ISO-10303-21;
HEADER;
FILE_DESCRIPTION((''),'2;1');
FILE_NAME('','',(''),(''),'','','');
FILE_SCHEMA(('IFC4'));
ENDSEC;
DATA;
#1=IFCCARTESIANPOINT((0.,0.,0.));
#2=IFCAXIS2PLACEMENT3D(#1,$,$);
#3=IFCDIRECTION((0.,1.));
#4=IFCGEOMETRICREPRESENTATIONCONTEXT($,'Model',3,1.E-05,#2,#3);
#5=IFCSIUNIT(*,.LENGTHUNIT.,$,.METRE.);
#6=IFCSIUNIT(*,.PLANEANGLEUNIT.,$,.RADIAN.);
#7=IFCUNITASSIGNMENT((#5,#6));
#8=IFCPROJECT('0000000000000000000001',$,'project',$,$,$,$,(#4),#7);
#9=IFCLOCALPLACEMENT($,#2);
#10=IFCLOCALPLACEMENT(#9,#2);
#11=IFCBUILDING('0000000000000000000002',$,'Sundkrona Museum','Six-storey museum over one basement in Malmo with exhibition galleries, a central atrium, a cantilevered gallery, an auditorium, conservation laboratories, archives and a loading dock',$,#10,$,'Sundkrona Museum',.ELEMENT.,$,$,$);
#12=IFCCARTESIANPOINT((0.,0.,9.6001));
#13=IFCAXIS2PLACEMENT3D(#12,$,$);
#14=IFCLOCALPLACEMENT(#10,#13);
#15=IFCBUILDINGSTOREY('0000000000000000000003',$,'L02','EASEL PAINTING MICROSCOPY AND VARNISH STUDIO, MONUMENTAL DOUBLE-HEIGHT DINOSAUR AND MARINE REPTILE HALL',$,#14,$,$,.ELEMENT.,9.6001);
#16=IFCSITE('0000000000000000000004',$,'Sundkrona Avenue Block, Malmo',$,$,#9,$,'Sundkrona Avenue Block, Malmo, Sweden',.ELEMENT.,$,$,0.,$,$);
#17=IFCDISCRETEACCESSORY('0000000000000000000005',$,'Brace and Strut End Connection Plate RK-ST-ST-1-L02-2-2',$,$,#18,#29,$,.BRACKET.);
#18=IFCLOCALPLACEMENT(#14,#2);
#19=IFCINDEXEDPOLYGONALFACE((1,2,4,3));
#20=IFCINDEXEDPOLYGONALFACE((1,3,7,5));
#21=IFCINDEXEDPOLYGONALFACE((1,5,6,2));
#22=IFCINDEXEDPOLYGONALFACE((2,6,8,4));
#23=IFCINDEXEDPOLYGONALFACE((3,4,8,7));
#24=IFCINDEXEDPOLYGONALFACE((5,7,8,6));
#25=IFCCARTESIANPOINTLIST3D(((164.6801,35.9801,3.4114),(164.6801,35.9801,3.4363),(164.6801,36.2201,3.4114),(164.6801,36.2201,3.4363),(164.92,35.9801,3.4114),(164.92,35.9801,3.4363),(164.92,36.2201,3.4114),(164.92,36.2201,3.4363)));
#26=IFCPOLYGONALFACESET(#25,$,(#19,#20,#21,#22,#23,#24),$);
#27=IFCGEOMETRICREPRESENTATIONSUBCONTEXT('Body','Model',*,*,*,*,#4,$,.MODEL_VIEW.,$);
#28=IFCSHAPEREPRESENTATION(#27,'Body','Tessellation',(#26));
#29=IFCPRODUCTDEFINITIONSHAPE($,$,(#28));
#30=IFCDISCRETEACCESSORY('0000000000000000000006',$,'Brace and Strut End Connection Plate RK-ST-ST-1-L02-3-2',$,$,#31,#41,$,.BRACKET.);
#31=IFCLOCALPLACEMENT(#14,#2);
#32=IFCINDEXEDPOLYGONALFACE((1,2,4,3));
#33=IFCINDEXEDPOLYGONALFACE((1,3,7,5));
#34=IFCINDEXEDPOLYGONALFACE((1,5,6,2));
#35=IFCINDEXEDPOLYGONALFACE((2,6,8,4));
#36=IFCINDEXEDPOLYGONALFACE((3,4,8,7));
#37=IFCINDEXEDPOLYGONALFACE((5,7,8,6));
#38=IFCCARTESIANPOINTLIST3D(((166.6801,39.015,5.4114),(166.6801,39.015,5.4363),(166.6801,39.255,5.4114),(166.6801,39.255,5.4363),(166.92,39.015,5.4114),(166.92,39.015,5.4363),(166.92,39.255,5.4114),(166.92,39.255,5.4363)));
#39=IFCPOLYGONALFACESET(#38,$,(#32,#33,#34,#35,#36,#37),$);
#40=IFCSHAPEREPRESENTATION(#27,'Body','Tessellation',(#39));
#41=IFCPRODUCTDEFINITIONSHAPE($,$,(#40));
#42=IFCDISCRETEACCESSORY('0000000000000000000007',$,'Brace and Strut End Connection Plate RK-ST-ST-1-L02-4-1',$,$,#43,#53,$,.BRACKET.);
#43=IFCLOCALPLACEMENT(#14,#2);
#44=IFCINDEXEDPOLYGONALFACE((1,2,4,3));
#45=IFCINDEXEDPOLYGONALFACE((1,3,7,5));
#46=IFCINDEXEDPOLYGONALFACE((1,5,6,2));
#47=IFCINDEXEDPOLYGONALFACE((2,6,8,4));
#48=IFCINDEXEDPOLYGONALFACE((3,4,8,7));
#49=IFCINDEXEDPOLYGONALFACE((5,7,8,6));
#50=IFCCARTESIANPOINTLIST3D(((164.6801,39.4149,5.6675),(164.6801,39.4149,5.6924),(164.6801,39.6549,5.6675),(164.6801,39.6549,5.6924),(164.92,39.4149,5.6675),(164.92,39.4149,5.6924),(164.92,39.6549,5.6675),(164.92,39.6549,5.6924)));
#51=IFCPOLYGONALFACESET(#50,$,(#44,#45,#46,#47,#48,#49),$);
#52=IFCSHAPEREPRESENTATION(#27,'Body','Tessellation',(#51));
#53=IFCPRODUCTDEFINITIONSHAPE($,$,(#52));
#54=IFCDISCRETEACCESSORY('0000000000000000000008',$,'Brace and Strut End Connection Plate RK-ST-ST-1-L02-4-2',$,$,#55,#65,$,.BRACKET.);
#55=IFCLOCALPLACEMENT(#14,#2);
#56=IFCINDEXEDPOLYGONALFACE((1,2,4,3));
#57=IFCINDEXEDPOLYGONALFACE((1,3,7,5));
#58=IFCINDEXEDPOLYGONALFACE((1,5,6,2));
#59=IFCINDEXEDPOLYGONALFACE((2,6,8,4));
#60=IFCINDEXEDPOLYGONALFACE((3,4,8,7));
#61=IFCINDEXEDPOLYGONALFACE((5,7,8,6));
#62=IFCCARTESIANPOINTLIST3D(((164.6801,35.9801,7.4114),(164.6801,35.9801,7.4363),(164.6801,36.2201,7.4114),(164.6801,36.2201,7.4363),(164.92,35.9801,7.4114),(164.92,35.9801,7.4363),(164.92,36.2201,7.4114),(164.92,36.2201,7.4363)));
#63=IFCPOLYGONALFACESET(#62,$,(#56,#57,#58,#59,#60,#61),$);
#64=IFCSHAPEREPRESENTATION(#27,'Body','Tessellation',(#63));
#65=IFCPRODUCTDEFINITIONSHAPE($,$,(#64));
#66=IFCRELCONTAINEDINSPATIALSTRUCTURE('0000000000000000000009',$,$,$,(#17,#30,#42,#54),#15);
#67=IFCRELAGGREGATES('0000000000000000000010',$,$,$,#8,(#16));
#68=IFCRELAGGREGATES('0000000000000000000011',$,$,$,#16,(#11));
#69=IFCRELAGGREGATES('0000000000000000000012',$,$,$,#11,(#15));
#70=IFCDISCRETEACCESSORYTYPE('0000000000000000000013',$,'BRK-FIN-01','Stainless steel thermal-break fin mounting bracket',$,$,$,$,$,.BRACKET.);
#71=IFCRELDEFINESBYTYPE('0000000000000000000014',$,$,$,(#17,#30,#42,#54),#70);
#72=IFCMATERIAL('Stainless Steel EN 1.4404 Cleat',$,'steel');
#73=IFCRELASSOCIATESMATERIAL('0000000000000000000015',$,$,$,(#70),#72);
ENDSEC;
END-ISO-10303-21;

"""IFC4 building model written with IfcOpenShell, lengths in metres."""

from ifc_helpers import new_model, si_unit, direction, frame, origin, origin_2d, place, context, subcontext, project, spatial, rectangle, extrude, material, type_object, element, save


model = new_model("IFC4")

# Units and contexts
model_context = context("Model", 3, precision=1e-05, world=origin(), true_north=direction((0.0, 1.0)))
body_context = subcontext(model_context, "Body", "Model", "MODEL_VIEW")
ifc_project = project(units=[si_unit("LENGTHUNIT", "METRE"), si_unit("PLANEANGLEUNIT", "RADIAN")], contexts=[model_context])

# Site, building, storey
site_placement = place(None, origin())
site = spatial("IfcSite", under=ifc_project, at=site_placement, Name="Sundkrona Avenue Block, Malmo", LongName="Sundkrona Avenue Block, Malmo, Sweden", CompositionType="ELEMENT", RefElevation=0.0)
building_placement = place(site_placement, origin())
building = spatial("IfcBuilding", under=site, at=building_placement, Name="Sundkrona Museum", Description="Six-storey museum over one basement in Malmo with exhibition galleries, a central atrium, a cantilevered gallery, an auditorium, conservation laboratories, archives and a loading dock", LongName="Sundkrona Museum", CompositionType="ELEMENT")
storey_placement = place(building_placement, frame((0.0, 0.0, 9.6001)))
storey = spatial("IfcBuildingStorey", under=building, at=storey_placement, Name="L02", Description="EASEL PAINTING MICROSCOPY AND VARNISH STUDIO, MONUMENTAL DOUBLE-HEIGHT DINOSAUR AND MARINE REPTILE HALL", CompositionType="ELEMENT", Elevation=9.6001)

# Discrete accessories
ifc_material_1 = material(Name="Stainless Steel EN 1.4404 Cleat", Category="steel")
discrete_accessory_type = type_object("IfcDiscreteAccessoryType", Name="BRK-FIN-01", Description="Stainless steel thermal-break fin mounting bracket", PredefinedType="BRACKET", material=ifc_material_1)
for number, where, z_axis, x_axis, name in (
    (1, (164.8, 36.1001, 3.4114), (0.0, 0.0, 1.0), (1.0, 0.0, 0.0), "Brace and Strut End Connection Plate RK-ST-ST-1-L02-2-2"),
    (2, (166.8, 39.135, 5.4114), (0.0, 0.0, 1.0), (1.0, 0.0, 0.0), "Brace and Strut End Connection Plate RK-ST-ST-1-L02-3-2"),
    (3, (164.8, 39.5349, 5.6675), (0.0, 0.0, 1.0), (1.0, 0.0, 0.0), "Brace and Strut End Connection Plate RK-ST-ST-1-L02-4-1"),
    (4, (164.8, 36.1001, 7.4114), (0.0, 0.0, 1.0), (1.0, 0.0, 0.0), "Brace and Strut End Connection Plate RK-ST-ST-1-L02-4-2"),
):
    element("IfcDiscreteAccessory", number, at=place(storey_placement, frame(where, z_axis=z_axis, x_axis=x_axis)), inside=storey, type_object=discrete_accessory_type, Name=name, PredefinedType="BRACKET", context=body_context, shape_type="SweptSolid", body=[
        extrude(rectangle(XDim=0.24, YDim=0.24, at=origin_2d()), origin(), (0.0, 0.0, 1.0), 0.0249),
    ])

save(model, "model.ifc")
